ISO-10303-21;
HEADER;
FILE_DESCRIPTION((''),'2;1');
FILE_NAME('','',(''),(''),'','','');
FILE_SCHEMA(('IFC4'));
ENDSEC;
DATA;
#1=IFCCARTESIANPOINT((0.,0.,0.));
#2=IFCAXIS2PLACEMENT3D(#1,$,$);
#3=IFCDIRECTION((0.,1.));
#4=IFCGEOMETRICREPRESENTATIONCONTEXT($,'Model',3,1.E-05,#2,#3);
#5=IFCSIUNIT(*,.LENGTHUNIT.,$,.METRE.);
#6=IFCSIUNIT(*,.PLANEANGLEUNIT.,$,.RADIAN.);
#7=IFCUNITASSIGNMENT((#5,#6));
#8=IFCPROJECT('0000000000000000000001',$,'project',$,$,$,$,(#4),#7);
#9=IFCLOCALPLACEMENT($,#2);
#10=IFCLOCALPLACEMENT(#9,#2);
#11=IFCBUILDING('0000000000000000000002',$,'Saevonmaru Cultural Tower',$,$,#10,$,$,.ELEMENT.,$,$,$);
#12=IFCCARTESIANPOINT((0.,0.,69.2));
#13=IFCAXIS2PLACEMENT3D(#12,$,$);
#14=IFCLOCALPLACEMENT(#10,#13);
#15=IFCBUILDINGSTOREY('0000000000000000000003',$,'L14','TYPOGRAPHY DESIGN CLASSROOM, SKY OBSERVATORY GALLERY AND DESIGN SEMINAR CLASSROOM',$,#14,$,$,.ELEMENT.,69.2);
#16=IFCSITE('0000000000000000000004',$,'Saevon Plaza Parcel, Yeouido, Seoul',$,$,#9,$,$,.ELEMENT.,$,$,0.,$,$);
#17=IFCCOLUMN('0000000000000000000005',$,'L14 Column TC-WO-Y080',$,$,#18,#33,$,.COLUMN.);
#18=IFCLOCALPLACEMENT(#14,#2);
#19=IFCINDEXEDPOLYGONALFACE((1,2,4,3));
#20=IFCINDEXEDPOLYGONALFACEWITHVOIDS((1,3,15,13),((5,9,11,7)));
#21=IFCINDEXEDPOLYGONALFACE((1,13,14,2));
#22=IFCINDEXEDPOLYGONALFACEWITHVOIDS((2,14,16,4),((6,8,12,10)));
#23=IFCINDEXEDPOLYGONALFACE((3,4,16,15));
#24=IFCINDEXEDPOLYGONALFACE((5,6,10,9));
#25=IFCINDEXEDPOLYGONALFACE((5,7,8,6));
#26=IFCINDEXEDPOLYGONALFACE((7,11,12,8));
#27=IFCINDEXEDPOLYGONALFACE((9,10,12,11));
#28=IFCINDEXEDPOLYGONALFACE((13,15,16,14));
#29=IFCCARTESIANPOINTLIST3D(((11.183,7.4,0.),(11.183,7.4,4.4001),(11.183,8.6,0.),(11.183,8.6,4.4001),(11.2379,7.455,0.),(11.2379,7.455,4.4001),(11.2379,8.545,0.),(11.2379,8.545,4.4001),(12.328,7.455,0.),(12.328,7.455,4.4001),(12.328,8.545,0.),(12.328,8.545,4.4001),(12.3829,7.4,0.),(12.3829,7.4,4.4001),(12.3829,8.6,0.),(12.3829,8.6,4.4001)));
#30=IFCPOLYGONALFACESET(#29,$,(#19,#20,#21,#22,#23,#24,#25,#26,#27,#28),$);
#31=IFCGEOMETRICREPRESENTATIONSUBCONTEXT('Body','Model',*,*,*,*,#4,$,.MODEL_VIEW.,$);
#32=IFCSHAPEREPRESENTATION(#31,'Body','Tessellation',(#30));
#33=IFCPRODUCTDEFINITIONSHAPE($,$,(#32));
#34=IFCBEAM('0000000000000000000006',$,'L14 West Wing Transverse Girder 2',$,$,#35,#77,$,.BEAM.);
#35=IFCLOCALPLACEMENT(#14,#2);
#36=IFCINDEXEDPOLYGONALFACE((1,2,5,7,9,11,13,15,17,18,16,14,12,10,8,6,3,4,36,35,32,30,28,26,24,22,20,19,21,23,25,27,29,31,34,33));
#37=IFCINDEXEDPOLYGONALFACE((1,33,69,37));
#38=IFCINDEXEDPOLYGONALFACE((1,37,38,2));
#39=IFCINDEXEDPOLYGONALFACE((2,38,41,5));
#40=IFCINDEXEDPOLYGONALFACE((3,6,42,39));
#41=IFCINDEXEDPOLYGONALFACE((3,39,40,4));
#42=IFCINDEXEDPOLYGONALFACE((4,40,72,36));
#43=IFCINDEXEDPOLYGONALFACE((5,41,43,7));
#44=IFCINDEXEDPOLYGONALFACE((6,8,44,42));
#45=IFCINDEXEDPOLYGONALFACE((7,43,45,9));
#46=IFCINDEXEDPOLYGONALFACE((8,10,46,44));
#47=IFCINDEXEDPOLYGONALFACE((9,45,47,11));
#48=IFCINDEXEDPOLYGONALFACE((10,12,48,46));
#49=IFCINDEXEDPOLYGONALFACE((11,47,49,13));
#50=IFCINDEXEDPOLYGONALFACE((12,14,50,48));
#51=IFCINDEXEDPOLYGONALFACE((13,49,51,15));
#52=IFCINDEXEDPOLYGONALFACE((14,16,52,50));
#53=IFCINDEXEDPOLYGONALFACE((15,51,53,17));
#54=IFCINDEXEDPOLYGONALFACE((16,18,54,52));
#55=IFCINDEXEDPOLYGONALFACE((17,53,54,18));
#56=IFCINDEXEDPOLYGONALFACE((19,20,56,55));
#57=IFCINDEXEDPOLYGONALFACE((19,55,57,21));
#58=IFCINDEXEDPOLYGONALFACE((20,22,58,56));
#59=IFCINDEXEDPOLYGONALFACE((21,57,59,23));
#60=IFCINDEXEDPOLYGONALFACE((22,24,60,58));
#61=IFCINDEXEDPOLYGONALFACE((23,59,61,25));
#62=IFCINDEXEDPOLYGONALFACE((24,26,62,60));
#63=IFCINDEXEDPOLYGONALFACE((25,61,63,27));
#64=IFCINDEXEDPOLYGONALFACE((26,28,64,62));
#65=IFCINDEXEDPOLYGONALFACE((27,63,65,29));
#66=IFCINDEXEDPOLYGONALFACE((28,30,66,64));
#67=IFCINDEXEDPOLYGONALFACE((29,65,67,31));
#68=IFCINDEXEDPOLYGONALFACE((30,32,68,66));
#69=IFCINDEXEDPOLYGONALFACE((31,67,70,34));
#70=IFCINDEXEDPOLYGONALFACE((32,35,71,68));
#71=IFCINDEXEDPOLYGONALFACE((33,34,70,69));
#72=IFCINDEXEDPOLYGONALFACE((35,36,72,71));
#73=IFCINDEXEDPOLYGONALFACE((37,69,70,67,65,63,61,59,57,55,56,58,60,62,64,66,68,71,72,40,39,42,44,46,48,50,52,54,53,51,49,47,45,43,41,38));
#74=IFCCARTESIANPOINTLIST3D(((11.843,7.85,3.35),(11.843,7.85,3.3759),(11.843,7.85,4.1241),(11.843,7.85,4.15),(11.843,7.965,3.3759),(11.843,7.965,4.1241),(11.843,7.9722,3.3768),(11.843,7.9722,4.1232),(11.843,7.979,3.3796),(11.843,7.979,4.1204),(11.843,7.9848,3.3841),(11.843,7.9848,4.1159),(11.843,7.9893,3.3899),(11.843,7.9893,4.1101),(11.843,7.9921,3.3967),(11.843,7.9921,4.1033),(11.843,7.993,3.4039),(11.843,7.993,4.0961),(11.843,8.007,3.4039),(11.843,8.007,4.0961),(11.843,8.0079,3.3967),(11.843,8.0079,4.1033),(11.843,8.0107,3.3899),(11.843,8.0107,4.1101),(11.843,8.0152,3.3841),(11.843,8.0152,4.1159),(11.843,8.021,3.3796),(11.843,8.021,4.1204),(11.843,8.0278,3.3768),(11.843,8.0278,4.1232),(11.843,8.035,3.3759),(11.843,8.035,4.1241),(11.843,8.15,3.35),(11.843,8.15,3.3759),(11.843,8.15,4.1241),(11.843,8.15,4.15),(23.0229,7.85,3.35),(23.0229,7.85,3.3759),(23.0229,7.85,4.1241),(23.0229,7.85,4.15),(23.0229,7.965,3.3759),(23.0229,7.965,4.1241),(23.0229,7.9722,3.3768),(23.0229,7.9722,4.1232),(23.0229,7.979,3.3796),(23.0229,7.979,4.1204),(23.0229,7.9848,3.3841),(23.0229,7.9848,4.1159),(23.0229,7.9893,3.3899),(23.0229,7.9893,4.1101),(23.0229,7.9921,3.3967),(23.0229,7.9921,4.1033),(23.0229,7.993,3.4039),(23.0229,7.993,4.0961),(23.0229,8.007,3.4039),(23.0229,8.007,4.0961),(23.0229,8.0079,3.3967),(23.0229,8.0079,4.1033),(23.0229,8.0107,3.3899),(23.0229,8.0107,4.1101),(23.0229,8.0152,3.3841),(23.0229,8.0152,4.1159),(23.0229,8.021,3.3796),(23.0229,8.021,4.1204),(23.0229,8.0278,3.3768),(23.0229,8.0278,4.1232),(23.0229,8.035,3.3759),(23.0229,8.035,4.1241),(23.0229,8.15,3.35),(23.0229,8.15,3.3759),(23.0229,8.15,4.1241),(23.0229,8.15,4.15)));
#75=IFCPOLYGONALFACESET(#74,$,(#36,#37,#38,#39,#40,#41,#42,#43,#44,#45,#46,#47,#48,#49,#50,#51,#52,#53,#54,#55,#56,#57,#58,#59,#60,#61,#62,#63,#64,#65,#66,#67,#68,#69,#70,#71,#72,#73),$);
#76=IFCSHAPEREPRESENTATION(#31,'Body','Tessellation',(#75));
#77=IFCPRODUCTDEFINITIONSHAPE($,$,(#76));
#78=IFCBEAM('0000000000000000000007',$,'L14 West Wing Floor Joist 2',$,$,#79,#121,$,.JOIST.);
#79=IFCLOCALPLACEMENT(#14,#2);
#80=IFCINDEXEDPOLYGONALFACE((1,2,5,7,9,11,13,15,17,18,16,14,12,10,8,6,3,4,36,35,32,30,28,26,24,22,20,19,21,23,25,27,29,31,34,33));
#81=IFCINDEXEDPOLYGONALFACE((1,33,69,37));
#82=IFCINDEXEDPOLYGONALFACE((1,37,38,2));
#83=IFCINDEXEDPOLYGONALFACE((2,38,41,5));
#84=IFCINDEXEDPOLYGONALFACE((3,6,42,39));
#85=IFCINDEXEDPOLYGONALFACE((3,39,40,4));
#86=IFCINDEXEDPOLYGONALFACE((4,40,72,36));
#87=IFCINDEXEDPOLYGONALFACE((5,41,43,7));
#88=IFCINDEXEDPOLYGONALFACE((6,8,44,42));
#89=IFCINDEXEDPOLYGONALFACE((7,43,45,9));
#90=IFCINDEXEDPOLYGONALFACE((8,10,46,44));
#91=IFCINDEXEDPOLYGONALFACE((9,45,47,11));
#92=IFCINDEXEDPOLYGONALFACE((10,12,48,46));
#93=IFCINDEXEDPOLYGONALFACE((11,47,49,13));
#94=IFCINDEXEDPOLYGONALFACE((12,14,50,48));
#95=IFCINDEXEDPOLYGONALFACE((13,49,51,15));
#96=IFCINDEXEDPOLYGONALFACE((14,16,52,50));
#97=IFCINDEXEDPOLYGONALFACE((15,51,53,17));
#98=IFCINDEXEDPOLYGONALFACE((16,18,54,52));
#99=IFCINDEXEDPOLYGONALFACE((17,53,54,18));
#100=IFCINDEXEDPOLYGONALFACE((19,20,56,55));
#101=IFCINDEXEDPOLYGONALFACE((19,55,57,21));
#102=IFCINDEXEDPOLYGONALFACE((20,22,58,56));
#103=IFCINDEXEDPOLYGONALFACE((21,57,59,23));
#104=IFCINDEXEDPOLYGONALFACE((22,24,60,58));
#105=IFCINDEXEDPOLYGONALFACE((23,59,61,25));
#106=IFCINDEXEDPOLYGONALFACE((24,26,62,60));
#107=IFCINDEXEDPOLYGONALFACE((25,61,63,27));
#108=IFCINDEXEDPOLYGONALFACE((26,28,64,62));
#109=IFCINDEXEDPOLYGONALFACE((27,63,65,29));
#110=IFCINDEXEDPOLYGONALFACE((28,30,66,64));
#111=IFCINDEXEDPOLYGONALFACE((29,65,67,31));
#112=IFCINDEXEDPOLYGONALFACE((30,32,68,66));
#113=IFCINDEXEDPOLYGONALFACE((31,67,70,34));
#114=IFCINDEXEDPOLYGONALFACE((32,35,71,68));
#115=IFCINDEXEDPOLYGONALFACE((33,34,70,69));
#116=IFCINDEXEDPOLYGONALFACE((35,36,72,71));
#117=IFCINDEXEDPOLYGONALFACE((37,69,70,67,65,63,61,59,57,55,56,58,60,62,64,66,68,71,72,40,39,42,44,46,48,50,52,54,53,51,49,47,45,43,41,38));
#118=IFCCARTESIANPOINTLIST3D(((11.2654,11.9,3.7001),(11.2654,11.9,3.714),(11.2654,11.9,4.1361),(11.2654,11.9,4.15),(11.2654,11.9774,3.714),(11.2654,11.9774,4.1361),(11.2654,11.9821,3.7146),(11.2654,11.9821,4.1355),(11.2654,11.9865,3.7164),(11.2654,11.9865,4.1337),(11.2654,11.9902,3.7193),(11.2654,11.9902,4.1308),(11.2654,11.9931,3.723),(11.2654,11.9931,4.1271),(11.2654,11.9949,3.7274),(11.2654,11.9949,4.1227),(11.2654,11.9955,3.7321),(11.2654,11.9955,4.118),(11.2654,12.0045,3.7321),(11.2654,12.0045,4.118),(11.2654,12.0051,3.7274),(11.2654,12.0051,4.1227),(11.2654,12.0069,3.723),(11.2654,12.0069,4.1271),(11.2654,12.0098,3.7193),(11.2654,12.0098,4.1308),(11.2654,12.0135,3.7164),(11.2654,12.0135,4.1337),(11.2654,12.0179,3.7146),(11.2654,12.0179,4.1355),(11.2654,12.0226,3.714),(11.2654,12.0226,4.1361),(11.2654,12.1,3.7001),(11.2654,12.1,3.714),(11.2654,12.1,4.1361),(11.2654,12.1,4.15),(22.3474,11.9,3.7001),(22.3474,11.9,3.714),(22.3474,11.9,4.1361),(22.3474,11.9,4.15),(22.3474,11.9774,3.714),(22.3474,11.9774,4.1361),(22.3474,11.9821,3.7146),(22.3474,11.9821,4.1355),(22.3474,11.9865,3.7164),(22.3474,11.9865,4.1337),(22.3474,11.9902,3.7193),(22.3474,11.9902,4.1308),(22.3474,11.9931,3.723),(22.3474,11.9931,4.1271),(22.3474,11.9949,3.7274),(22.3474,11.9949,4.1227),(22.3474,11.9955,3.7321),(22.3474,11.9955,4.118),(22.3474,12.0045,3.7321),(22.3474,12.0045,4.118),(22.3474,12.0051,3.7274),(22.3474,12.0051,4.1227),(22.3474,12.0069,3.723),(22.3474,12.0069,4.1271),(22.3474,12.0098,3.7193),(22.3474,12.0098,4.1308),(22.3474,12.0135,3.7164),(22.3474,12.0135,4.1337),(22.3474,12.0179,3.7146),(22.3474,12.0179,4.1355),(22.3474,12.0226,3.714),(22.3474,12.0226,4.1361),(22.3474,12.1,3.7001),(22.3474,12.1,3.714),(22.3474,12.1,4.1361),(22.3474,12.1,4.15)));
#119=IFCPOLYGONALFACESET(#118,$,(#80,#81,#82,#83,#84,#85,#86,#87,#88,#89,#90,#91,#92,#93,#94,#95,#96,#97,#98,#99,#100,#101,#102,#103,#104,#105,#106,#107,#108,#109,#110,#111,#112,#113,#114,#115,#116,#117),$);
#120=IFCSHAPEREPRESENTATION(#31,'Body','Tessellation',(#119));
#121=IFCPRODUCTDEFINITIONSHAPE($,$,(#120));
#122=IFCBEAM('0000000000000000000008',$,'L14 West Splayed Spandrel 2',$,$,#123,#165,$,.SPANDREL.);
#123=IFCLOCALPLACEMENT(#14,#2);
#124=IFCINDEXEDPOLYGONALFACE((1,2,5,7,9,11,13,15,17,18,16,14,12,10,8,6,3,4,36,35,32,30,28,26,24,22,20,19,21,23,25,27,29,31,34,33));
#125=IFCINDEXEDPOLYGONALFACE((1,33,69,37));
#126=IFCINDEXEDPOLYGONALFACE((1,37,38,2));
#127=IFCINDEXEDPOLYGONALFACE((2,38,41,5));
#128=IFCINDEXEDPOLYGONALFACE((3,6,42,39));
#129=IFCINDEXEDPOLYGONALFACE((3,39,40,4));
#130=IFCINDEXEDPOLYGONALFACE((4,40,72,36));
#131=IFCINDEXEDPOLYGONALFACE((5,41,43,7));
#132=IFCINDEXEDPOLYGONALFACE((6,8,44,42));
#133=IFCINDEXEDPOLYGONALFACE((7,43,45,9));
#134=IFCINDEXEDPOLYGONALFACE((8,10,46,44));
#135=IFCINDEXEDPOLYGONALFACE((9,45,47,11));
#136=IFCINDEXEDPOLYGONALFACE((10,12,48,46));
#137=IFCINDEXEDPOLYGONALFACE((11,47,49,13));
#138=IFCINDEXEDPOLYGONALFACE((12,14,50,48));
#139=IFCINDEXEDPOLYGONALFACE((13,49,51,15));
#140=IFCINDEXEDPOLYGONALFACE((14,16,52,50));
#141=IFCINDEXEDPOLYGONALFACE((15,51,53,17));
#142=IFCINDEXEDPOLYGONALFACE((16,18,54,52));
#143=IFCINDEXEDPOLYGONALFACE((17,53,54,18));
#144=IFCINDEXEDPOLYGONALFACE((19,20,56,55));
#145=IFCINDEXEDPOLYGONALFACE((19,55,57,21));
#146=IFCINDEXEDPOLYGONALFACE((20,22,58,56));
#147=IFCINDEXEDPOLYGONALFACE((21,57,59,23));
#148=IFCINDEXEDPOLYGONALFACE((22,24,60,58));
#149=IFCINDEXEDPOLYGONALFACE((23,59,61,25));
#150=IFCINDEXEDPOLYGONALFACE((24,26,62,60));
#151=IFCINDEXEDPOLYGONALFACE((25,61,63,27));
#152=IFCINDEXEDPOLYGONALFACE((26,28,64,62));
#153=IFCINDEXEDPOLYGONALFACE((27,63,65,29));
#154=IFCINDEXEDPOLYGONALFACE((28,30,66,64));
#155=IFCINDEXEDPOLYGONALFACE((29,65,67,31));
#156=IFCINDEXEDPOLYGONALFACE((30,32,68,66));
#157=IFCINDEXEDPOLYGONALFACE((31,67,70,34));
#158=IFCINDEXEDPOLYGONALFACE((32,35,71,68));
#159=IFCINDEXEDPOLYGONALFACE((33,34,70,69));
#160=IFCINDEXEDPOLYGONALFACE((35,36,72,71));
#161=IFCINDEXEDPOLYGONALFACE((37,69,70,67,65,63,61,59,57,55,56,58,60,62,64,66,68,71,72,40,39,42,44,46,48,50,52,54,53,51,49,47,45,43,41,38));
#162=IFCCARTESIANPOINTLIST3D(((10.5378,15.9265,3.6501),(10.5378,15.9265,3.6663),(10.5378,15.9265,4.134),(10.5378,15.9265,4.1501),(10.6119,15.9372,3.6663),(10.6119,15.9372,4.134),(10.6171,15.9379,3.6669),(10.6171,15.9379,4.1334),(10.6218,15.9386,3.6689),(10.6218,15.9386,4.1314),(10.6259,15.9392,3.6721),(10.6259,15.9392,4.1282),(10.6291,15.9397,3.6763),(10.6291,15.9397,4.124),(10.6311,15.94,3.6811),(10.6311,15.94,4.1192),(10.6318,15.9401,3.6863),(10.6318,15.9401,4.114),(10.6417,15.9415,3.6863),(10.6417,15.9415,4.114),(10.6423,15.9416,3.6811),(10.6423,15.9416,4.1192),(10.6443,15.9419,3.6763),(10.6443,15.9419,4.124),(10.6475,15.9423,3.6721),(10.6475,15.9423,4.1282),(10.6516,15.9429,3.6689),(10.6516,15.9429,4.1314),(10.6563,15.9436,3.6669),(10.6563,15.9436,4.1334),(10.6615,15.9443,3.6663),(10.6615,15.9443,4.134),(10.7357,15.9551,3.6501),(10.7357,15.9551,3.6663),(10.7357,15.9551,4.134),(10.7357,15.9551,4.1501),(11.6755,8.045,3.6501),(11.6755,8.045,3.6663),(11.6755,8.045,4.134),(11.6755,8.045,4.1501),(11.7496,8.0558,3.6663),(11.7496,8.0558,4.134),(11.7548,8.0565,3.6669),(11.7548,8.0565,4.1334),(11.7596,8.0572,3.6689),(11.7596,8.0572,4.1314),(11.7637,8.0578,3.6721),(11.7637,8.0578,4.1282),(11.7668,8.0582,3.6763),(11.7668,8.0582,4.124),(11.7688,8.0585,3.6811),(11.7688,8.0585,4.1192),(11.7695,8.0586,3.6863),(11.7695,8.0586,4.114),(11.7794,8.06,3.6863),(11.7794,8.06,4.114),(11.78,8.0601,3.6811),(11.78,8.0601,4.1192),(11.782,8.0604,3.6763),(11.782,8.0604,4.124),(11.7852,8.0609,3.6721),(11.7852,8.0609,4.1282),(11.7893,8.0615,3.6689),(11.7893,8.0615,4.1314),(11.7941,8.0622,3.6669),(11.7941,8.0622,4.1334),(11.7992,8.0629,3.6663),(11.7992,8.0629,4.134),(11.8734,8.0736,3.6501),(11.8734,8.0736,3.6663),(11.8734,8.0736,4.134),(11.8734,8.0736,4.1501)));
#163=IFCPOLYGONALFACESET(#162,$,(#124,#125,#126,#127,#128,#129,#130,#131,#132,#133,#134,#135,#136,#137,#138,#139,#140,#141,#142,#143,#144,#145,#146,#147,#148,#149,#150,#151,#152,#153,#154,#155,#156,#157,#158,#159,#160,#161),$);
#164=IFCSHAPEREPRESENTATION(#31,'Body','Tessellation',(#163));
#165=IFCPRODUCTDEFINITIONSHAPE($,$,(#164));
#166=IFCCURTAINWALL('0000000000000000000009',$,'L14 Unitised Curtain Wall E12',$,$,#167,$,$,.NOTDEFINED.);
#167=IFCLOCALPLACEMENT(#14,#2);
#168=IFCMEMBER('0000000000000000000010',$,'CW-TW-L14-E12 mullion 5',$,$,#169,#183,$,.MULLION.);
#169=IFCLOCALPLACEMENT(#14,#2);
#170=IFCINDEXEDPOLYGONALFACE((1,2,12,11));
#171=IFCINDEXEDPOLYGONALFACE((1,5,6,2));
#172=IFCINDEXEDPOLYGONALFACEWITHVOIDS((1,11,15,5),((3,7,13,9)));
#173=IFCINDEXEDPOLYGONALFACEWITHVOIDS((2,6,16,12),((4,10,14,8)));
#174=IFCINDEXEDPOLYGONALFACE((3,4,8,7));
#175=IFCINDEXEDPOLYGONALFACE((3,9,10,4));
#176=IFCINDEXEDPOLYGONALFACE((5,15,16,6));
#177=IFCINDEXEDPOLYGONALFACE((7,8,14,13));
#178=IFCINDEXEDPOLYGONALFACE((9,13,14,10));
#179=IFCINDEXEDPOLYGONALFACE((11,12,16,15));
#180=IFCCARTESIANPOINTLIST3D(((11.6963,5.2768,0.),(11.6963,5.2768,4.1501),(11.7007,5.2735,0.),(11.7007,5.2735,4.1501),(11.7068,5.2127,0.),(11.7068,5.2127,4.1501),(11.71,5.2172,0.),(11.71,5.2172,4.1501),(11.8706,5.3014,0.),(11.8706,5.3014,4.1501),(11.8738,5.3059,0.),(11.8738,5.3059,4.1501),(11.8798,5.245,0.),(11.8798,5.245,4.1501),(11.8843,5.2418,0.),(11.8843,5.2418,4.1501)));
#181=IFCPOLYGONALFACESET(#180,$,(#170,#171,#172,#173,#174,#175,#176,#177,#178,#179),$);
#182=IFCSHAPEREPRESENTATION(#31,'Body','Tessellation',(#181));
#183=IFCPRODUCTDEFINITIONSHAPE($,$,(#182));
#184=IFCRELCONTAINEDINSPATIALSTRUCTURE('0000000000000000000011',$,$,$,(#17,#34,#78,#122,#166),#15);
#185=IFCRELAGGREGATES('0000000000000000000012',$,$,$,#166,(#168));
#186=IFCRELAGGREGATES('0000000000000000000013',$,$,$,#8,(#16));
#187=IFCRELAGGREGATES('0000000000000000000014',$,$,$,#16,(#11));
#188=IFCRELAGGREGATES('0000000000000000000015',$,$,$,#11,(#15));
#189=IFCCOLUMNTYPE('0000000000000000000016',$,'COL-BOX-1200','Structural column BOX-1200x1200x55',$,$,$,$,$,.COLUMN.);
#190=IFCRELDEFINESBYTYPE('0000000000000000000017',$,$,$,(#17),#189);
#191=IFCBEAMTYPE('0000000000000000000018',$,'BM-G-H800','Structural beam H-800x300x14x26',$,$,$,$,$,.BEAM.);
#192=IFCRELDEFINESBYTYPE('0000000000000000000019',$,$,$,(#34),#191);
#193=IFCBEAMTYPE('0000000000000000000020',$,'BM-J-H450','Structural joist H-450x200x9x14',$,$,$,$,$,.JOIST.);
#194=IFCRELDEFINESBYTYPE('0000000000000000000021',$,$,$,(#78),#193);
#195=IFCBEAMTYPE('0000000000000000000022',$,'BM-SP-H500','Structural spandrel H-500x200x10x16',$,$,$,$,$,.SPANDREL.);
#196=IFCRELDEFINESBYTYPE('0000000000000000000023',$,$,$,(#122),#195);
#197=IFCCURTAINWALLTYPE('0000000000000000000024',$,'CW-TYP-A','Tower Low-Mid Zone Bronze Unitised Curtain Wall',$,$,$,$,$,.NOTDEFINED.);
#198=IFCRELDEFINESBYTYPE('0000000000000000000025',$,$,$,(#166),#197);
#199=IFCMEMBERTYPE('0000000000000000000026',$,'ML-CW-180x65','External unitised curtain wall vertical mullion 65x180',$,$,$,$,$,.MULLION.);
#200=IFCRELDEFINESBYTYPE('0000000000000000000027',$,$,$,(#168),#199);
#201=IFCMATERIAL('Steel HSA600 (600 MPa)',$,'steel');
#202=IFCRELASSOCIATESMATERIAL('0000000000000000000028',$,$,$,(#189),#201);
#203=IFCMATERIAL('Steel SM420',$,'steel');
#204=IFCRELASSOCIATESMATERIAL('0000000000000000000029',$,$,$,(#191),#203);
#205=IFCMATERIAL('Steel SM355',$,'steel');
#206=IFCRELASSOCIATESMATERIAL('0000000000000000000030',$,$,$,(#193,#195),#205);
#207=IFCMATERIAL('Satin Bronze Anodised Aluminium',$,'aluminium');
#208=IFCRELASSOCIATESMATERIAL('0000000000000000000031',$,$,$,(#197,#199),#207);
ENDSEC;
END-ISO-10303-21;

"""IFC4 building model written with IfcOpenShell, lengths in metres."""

from ifc_helpers import new_model, si_unit, direction, frame, origin, origin_2d, place, context, subcontext, project, spatial, hollow_rectangle, i_section, extrude, material, material_profile, profile_set, type_object, element, aggregate, save


model = new_model("IFC4")

# Units and contexts
model_context = context("Model", 3, precision=1e-05, world=origin(), true_north=direction((0.0, 1.0)))
body_context = subcontext(model_context, "Body", "Model", "MODEL_VIEW")
ifc_project = project(units=[si_unit("LENGTHUNIT", "METRE"), si_unit("PLANEANGLEUNIT", "RADIAN")], contexts=[model_context])

# Site, building, storey
site_placement = place(None, origin())
site = spatial("IfcSite", under=ifc_project, at=site_placement, Name="Saevon Plaza Parcel, Yeouido, Seoul", CompositionType="ELEMENT", RefElevation=0.0)
building_placement = place(site_placement, origin())
building = spatial("IfcBuilding", under=site, at=building_placement, Name="Saevonmaru Cultural Tower", CompositionType="ELEMENT")
storey_placement = place(building_placement, frame((0.0, 0.0, 69.2)))
storey = spatial("IfcBuildingStorey", under=building, at=storey_placement, Name="L14", Description="TYPOGRAPHY DESIGN CLASSROOM, SKY OBSERVATORY GALLERY AND DESIGN SEMINAR CLASSROOM", CompositionType="ELEMENT", Elevation=69.2)

# Column
ifc_material_1 = material(Name="Steel HSA600 (600 MPa)", Category="steel")
ifc_material_profile_1 = material_profile(ifc_material_1, hollow_rectangle(XDim=1.2, YDim=1.2, WallThickness=0.0549, at=origin_2d()), Name="BOX-1200x1200x55")
ifc_profile_set_1 = profile_set([ifc_material_profile_1], Name="Steel HSA600 (600 MPa)")
column_type = type_object("IfcColumnType", Name="COL-BOX-1200", Description="Structural column BOX-1200x1200x55", PredefinedType="COLUMN", material=ifc_profile_set_1)
column_placement = place(storey_placement, frame((11.783, 8.0, 0.0), z_axis=(0.0, 0.0, 1.0), x_axis=(1.0, 0.0, 0.0)))
element("IfcColumn", 1, at=column_placement, inside=storey, type_object=column_type, Name="L14 Column TC-WO-Y080", PredefinedType="COLUMN", context=body_context, shape_type="SweptSolid", body=[
    extrude(hollow_rectangle(XDim=1.2, YDim=1.2, WallThickness=0.0549, at=origin_2d()), origin(), (0.0, 0.0, 1.0), 4.4001),
])

# Beams
ifc_material_2 = material(Name="Steel SM420", Category="steel")
ifc_material_profile_2 = material_profile(ifc_material_2, i_section(OverallWidth=0.3, OverallDepth=0.8, WebThickness=0.0139, FlangeThickness=0.0259, FilletRadius=0.0281, at=origin_2d()), Name="H-800x300x14x26")
ifc_profile_set_2 = profile_set([ifc_material_profile_2], Name="Steel SM420")
beam_type_1 = type_object("IfcBeamType", Name="BM-G-H800", Description="Structural beam H-800x300x14x26", PredefinedType="BEAM", material=ifc_profile_set_2)
beam_1_placement = place(storey_placement, frame((11.843, 8.0, 3.75), z_axis=(1.0, 0.0, 0.0), x_axis=(0.0, 1.0, 0.0)))
element("IfcBeam", 2, at=beam_1_placement, inside=storey, type_object=beam_type_1, Name="L14 West Wing Transverse Girder 2", PredefinedType="BEAM", context=body_context, shape_type="SweptSolid", body=[
    extrude(i_section(OverallWidth=0.3, OverallDepth=0.8, WebThickness=0.0139, FlangeThickness=0.0259, FilletRadius=0.0281, at=origin_2d()), origin(), (0.0, 0.0, 1.0), 11.1799),
])
ifc_material_3 = material(Name="Steel SM355", Category="steel")
ifc_material_profile_3 = material_profile(ifc_material_3, i_section(OverallWidth=0.2, OverallDepth=0.45, WebThickness=0.009, FlangeThickness=0.0139, FilletRadius=0.0181, at=origin_2d()), Name="H-450x200x9x14")
ifc_profile_set_3 = profile_set([ifc_material_profile_3], Name="Steel SM355")
beam_type_2 = type_object("IfcBeamType", Name="BM-J-H450", Description="Structural joist H-450x200x9x14", PredefinedType="JOIST", material=ifc_profile_set_3)
beam_2_placement = place(storey_placement, frame((11.2654, 12.0, 3.925), z_axis=(1.0, 0.0, 0.0), x_axis=(0.0, 1.0, 0.0)))
element("IfcBeam", 3, at=beam_2_placement, inside=storey, type_object=beam_type_2, Name="L14 West Wing Floor Joist 2", PredefinedType="JOIST", context=body_context, shape_type="SweptSolid", body=[
    extrude(i_section(OverallWidth=0.2, OverallDepth=0.45, WebThickness=0.009, FlangeThickness=0.0139, FilletRadius=0.0181, at=origin_2d()), origin(), (0.0, 0.0, 1.0), 11.082),
])
ifc_material_profile_4 = material_profile(ifc_material_3, i_section(OverallWidth=0.2, OverallDepth=0.5, WebThickness=0.01, FlangeThickness=0.0161, FilletRadius=0.02, at=origin_2d()), Name="H-500x200x10x16")
ifc_profile_set_4 = profile_set([ifc_material_profile_4], Name="Steel SM355")
beam_type_3 = type_object("IfcBeamType", Name="BM-SP-H500", Description="Structural spandrel H-500x200x10x16", PredefinedType="SPANDREL", material=ifc_profile_set_4)
beam_3_placement = place(storey_placement, frame((11.7744, 8.0593, 3.9001), z_axis=(-0.142872, 0.989741, 0.0), x_axis=(-0.989741, -0.142872, 0.0)))
element("IfcBeam", 4, at=beam_3_placement, inside=storey, type_object=beam_type_3, Name="L14 West Splayed Spandrel 2", PredefinedType="SPANDREL", context=body_context, shape_type="SweptSolid", body=[
    extrude(i_section(OverallWidth=0.2, OverallDepth=0.5, WebThickness=0.01, FlangeThickness=0.0161, FilletRadius=0.02, at=origin_2d()), origin(), (0.0, 0.0, 1.0), 7.9631),
])

# Curtain wall, member
ifc_material_4 = material(Name="Satin Bronze Anodised Aluminium", Category="aluminium")
curtain_wall_type = type_object("IfcCurtainWallType", Name="CW-TYP-A", Description="Tower Low-Mid Zone Bronze Unitised Curtain Wall", PredefinedType="NOTDEFINED", material=ifc_material_4)
curtain_wall_placement = place(storey_placement, origin())
curtain_wall = element("IfcCurtainWall", 5, at=curtain_wall_placement, inside=storey, type_object=curtain_wall_type, Name="L14 Unitised Curtain Wall E12", PredefinedType="NOTDEFINED")
ifc_material_profile_5 = material_profile(ifc_material_4, hollow_rectangle(XDim=0.0649, YDim=0.1799, WallThickness=0.0039, at=origin_2d()), Name="ALU-MULL-180x65x4")
ifc_profile_set_5 = profile_set([ifc_material_profile_5], Name="Satin Bronze Anodised Aluminium")
member_type = type_object("IfcMemberType", Name="ML-CW-180x65", Description="External unitised curtain wall vertical mullion 65x180", PredefinedType="MULLION", material=ifc_profile_set_5)
member_placement = place(storey_placement, frame((11.7903, 5.2593, 0.0), z_axis=(0.0, 0.0, 1.0), x_axis=(0.161709, -0.986839, 0.0)))
member = element("IfcMember", 6, at=member_placement, type_object=member_type, Name="CW-TW-L14-E12 mullion 5", PredefinedType="MULLION", context=body_context, shape_type="SweptSolid", body=[
    extrude(hollow_rectangle(XDim=0.0649, YDim=0.1799, WallThickness=0.0039, at=origin_2d()), origin(), (0.0, 0.0, 1.0), 4.1501),
])
aggregate(curtain_wall, [member])

save(model, "model.ifc")
